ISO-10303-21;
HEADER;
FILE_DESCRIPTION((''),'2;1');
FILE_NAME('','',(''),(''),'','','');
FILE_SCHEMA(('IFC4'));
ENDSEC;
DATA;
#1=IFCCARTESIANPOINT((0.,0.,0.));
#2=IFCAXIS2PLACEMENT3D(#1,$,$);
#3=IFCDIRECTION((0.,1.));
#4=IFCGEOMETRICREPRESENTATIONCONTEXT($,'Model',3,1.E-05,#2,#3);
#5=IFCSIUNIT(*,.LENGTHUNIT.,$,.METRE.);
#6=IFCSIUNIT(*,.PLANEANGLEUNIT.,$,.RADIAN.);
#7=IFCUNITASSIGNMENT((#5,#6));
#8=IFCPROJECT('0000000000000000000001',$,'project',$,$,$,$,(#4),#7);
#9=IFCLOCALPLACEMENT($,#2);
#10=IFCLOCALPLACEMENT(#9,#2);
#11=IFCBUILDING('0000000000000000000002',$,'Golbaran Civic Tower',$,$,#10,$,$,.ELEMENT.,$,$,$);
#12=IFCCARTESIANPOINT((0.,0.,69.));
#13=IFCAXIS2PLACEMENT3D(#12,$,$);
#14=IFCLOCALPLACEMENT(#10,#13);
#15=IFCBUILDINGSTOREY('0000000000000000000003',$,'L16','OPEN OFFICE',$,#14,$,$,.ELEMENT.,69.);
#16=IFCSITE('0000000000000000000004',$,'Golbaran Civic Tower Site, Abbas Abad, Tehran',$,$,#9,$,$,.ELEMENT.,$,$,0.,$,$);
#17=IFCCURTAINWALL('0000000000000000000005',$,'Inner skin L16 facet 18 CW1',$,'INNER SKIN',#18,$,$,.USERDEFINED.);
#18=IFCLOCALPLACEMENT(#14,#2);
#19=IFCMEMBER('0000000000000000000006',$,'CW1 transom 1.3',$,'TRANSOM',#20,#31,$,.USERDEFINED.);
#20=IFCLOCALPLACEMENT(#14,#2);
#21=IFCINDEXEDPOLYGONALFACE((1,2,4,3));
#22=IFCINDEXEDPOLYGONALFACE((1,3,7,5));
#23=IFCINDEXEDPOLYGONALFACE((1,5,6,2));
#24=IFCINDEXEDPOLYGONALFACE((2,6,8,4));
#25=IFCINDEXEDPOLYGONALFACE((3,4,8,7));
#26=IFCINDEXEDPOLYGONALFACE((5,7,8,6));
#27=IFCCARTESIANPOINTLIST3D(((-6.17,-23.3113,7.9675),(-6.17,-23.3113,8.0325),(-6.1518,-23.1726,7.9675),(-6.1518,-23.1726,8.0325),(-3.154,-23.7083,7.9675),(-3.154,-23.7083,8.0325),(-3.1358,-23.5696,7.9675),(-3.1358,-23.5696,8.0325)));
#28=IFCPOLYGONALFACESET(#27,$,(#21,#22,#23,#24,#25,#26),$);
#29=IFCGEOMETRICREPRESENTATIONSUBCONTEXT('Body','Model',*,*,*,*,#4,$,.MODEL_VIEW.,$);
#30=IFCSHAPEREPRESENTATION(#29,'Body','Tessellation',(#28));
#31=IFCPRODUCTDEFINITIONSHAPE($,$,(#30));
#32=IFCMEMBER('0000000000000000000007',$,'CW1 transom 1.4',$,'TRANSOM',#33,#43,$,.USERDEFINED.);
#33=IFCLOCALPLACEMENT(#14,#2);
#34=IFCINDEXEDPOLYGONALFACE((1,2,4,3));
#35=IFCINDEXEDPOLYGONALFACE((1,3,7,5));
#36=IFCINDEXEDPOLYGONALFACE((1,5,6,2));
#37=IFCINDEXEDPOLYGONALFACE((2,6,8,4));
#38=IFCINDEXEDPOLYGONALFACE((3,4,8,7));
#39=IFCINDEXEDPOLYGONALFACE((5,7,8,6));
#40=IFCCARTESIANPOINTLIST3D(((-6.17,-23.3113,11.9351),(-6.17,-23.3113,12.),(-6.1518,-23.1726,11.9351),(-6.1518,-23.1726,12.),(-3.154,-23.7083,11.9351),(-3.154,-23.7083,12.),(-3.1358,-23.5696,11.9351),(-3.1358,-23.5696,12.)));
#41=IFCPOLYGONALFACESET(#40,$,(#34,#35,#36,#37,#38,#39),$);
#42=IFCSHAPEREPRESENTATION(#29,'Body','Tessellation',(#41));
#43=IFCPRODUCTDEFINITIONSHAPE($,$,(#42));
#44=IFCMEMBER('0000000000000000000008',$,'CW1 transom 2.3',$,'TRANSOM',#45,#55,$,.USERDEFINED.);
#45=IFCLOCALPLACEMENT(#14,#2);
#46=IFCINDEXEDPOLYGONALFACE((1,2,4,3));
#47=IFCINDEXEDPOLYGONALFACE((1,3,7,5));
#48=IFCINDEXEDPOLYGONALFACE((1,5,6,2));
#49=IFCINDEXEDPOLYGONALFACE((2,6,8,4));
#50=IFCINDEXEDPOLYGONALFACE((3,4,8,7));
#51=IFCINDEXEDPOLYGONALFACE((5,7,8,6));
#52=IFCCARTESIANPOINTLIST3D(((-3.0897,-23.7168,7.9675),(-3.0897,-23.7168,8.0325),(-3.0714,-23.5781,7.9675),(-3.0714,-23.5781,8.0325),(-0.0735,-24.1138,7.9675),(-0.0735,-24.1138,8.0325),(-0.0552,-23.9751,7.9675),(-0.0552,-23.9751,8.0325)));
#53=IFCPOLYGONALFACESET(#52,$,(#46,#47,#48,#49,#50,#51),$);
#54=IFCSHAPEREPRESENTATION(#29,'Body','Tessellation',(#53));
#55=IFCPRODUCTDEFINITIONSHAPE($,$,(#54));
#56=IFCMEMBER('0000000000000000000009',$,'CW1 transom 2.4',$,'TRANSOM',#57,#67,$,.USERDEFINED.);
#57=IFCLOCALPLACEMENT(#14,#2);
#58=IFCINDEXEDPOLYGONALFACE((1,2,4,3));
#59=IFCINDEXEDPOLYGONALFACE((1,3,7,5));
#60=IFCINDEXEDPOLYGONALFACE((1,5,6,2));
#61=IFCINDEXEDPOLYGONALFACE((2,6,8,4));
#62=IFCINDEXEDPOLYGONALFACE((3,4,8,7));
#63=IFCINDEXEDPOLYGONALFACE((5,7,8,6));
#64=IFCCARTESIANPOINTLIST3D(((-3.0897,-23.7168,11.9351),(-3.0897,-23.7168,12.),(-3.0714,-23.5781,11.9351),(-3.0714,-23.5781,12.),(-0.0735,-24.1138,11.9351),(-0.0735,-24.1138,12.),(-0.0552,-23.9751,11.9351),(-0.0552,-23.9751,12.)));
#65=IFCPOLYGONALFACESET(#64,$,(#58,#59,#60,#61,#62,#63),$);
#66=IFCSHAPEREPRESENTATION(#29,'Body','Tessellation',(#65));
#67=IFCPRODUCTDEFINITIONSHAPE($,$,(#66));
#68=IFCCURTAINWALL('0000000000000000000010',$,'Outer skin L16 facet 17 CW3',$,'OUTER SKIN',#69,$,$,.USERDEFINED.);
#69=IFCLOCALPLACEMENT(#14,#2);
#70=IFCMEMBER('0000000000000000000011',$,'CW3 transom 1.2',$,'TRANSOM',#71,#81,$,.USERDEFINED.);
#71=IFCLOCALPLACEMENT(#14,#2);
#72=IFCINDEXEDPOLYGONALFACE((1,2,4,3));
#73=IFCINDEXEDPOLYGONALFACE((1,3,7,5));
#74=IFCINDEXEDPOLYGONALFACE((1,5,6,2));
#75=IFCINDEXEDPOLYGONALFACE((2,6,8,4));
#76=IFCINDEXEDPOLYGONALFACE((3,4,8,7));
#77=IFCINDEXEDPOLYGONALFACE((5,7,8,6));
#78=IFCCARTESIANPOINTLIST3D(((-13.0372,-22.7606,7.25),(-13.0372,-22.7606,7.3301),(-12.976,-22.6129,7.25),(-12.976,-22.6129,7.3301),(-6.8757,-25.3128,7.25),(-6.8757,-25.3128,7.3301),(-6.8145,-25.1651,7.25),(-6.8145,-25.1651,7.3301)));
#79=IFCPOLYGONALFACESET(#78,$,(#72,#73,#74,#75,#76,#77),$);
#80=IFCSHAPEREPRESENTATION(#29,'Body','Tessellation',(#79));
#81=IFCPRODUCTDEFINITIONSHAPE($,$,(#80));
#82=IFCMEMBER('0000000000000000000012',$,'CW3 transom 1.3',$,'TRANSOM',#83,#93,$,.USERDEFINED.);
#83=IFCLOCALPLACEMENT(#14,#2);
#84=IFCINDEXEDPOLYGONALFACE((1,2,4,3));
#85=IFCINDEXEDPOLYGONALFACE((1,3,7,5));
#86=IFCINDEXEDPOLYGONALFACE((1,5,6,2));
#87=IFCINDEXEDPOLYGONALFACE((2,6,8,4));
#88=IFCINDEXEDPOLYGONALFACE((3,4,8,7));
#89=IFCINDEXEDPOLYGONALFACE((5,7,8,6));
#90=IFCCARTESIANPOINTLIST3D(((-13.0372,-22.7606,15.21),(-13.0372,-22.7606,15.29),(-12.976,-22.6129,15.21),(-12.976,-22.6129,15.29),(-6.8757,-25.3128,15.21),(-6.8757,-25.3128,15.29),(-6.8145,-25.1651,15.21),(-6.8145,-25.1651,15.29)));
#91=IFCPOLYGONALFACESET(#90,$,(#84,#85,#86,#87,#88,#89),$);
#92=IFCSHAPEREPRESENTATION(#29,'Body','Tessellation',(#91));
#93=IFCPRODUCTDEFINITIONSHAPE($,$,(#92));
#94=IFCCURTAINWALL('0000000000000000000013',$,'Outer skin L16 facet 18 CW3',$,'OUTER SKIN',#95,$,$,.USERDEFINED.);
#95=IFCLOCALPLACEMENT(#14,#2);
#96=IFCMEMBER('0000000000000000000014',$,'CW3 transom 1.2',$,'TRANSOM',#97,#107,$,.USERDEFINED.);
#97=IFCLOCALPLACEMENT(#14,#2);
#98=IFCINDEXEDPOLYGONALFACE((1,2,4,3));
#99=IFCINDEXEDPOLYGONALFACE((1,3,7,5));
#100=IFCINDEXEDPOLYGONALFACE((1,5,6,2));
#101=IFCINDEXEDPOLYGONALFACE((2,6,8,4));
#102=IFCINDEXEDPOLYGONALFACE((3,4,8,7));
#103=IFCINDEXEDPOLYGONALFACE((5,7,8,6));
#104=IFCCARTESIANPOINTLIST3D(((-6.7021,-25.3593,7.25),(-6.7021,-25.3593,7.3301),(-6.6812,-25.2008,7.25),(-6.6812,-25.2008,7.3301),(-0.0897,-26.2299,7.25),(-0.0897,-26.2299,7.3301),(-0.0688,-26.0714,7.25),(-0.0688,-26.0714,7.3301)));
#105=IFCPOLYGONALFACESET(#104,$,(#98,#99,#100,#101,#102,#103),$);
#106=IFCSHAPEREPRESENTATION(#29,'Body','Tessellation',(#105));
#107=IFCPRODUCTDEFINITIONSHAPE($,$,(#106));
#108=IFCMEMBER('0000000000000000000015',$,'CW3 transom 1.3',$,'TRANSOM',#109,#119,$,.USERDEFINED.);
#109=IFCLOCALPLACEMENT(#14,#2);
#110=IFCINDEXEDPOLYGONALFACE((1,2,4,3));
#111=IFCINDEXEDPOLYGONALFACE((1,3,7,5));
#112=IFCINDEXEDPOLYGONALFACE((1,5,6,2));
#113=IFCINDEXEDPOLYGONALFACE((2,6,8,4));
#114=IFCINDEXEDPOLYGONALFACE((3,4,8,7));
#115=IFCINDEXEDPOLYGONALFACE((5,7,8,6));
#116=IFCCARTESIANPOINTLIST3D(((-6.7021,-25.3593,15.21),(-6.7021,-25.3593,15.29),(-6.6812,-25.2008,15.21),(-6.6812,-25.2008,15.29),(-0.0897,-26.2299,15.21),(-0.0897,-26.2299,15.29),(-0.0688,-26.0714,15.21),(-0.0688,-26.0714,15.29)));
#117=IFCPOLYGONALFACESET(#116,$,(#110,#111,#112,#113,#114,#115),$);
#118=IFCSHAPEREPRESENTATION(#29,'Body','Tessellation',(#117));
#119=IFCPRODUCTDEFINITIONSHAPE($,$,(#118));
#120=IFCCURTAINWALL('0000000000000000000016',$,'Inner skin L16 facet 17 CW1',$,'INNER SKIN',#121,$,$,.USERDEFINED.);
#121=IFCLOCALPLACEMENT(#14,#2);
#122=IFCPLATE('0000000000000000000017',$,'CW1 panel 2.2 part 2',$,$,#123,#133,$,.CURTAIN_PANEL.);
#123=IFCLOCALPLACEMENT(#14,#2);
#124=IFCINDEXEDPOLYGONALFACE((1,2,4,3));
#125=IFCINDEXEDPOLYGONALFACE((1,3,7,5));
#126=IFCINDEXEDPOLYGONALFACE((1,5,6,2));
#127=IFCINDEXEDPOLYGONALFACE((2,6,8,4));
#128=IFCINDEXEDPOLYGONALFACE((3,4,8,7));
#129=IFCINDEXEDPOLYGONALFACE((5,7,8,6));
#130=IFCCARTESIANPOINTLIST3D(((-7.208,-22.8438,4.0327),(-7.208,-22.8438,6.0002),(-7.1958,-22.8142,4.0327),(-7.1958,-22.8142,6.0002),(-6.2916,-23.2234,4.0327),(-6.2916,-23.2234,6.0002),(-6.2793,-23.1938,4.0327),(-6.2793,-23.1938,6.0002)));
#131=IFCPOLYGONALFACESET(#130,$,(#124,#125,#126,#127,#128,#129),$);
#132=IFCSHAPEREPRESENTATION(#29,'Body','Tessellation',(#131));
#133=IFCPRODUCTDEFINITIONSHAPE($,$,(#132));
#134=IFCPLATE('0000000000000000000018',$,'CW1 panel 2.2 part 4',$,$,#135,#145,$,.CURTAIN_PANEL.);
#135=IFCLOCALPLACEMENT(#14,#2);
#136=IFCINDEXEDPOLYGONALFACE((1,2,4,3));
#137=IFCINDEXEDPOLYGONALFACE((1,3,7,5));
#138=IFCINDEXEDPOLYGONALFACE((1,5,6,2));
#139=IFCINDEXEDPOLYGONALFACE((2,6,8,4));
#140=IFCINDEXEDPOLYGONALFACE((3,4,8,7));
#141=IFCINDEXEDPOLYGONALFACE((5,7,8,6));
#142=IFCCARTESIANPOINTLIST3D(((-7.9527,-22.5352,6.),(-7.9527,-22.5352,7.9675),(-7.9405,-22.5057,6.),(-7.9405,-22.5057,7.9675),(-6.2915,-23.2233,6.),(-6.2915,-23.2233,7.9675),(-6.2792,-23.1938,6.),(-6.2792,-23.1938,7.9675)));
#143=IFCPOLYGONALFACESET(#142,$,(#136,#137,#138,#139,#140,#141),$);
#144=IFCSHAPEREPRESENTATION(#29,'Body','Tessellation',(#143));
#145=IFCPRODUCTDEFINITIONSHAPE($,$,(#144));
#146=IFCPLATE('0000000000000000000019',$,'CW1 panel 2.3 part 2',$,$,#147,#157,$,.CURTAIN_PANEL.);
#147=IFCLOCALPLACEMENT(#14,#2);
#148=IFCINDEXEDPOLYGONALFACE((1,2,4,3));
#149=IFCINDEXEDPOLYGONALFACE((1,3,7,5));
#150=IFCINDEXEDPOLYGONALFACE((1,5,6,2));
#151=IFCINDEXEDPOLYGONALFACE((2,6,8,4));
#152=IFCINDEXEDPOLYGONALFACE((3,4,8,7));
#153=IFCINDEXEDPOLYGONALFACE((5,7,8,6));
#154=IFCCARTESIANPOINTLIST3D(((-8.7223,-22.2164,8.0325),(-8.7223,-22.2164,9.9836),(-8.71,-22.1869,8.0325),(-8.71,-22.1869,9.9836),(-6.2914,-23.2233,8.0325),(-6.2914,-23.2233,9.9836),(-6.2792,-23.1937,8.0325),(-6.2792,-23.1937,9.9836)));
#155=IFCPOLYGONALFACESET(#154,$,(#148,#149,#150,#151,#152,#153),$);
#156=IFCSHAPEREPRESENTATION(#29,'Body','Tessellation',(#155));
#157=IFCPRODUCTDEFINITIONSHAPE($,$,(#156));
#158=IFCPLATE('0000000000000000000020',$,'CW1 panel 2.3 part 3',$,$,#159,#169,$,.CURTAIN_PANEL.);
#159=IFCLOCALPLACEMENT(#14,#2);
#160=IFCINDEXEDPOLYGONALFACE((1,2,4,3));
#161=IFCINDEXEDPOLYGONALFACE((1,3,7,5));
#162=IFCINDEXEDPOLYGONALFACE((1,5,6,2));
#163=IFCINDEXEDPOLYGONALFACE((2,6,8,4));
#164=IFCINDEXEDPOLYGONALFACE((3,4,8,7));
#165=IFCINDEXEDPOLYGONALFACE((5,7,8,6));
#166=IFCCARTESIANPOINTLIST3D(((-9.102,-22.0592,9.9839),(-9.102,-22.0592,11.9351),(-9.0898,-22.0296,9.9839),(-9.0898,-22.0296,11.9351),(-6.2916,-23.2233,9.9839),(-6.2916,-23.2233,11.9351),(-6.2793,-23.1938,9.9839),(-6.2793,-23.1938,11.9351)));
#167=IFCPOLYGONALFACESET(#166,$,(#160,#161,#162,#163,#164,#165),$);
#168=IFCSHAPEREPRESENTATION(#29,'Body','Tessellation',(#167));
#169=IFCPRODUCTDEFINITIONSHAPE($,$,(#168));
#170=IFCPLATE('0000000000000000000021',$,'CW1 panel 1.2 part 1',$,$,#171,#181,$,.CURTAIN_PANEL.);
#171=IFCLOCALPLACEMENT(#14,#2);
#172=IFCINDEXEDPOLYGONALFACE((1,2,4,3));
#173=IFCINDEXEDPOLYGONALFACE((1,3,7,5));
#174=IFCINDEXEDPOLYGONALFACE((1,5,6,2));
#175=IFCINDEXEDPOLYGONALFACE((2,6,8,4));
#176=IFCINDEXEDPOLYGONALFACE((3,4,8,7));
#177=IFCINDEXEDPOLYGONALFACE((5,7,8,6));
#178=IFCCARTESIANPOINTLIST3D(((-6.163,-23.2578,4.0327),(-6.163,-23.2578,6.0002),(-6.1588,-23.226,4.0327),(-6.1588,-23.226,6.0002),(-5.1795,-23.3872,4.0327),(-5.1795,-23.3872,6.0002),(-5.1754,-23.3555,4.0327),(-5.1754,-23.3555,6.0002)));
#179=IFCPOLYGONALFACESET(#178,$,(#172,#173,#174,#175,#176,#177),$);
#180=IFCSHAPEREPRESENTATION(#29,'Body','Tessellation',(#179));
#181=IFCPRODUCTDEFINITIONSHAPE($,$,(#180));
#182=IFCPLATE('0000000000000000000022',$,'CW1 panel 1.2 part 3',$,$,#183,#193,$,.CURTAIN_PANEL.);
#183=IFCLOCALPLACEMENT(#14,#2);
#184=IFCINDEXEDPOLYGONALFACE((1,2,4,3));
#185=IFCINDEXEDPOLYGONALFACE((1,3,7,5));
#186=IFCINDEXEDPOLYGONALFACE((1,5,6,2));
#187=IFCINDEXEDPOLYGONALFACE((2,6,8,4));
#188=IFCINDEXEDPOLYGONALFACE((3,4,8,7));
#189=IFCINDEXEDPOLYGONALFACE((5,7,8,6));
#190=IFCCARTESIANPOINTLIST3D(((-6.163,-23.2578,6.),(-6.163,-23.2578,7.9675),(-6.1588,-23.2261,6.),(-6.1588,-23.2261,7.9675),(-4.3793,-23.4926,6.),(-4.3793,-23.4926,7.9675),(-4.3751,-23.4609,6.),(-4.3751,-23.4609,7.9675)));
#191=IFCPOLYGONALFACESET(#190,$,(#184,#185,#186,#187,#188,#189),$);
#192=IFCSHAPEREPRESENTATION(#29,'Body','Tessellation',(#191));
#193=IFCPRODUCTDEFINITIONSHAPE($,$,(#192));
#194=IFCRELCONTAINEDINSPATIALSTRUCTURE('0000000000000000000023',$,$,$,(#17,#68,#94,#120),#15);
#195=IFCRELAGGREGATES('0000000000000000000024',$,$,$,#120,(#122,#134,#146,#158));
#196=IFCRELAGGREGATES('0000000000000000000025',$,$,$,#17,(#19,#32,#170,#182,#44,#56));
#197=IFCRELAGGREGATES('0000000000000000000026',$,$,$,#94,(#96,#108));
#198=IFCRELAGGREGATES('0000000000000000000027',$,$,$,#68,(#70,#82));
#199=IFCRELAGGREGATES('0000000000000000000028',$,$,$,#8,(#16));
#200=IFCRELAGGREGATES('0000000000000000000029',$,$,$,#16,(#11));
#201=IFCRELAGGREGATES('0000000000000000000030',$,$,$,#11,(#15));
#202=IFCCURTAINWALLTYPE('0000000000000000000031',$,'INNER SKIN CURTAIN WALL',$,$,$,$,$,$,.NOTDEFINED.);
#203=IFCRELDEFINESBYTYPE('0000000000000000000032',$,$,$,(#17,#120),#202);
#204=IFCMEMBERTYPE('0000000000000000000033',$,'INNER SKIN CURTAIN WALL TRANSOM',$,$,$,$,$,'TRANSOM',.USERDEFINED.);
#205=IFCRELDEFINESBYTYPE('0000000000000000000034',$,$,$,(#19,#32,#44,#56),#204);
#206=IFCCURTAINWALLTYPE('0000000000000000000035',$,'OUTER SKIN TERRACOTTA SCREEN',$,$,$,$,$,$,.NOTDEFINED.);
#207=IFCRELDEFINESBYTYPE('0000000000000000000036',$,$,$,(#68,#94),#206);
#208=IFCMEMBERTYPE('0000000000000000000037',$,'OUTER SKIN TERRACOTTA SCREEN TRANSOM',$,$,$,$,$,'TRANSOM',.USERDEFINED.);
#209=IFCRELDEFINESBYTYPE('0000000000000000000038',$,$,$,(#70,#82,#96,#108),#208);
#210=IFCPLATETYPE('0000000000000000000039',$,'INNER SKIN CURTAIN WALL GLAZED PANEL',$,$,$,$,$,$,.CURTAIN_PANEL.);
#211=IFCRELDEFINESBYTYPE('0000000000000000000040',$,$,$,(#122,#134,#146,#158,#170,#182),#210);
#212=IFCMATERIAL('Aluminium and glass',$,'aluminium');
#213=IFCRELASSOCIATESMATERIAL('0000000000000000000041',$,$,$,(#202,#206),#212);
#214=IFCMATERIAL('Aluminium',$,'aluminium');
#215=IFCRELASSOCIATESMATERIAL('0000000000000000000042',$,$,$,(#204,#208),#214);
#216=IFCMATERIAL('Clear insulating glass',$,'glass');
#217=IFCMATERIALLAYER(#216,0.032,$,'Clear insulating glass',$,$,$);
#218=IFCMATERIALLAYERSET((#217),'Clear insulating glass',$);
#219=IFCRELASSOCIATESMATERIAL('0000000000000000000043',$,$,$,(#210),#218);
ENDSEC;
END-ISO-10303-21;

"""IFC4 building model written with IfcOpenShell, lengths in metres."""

from ifc_helpers import new_model, si_unit, direction, frame, origin, origin_2d, place, context, subcontext, project, spatial, rectangle, extrude, material, layer, layer_set, material_profile, profile_set, type_object, element, aggregate, save


model = new_model("IFC4")

# Units and contexts
model_context = context("Model", 3, precision=1e-05, world=origin(), true_north=direction((0.0, 1.0)))
body_context = subcontext(model_context, "Body", "Model", "MODEL_VIEW")
ifc_project = project(units=[si_unit("LENGTHUNIT", "METRE"), si_unit("PLANEANGLEUNIT", "RADIAN")], contexts=[model_context])

# Site, building, storey
site_placement = place(None, origin())
site = spatial("IfcSite", under=ifc_project, at=site_placement, Name="Golbaran Civic Tower Site, Abbas Abad, Tehran", CompositionType="ELEMENT", RefElevation=0.0)
building_placement = place(site_placement, origin())
building = spatial("IfcBuilding", under=site, at=building_placement, Name="Golbaran Civic Tower", CompositionType="ELEMENT")
storey_placement = place(building_placement, frame((0.0, 0.0, 69.0)))
storey = spatial("IfcBuildingStorey", under=building, at=storey_placement, Name="L16", Description="OPEN OFFICE", CompositionType="ELEMENT", Elevation=69.0)

# Curtain walls, members
ifc_material_1 = material(Name="Aluminium and glass", Category="aluminium")
curtain_wall_type_1 = type_object("IfcCurtainWallType", Name="INNER SKIN CURTAIN WALL", PredefinedType="NOTDEFINED", material=ifc_material_1)
curtain_wall_1_placement = place(storey_placement, origin())
curtain_wall_1 = element("IfcCurtainWall", 1, at=curtain_wall_1_placement, inside=storey, type_object=curtain_wall_type_1, Name="Inner skin L16 facet 18 CW1", ObjectType="INNER SKIN", PredefinedType="USERDEFINED")
ifc_material_2 = material(Name="Aluminium", Category="aluminium")
ifc_material_profile_1 = material_profile(ifc_material_2, rectangle(XDim=0.1399, YDim=0.0649, at=origin_2d()), Name="INNER SKIN CURTAIN WALL TRANSOM")
ifc_profile_set_1 = profile_set([ifc_material_profile_1], Name="Aluminium")
member_type_1 = type_object("IfcMemberType", Name="INNER SKIN CURTAIN WALL TRANSOM", ElementType="TRANSOM", PredefinedType="USERDEFINED", material=ifc_profile_set_1)
member_1_placement = place(storey_placement, frame((-6.1609, -23.2419, 8.0), z_axis=(0.991448, -0.130502, 0.0), x_axis=(0.130502, 0.991448, 0.0)))
member_1 = element("IfcMember", 2, at=member_1_placement, type_object=member_type_1, Name="CW1 transom 1.3", ObjectType="TRANSOM", PredefinedType="USERDEFINED", context=body_context, shape_type="SweptSolid", body=[
    extrude(rectangle(XDim=0.1399, YDim=0.0649, at=origin_2d()), origin(), (0.0, 0.0, 1.0), 3.042),
])
member_2_placement = place(storey_placement, frame((-6.1609, -23.2419, 11.9675), z_axis=(0.991448, -0.130502, 0.0), x_axis=(0.130502, 0.991448, 0.0)))
member_2 = element("IfcMember", 3, at=member_2_placement, type_object=member_type_1, Name="CW1 transom 1.4", ObjectType="TRANSOM", PredefinedType="USERDEFINED", context=body_context, shape_type="SweptSolid", body=[
    extrude(rectangle(XDim=0.1399, YDim=0.0649, at=origin_2d()), origin(), (0.0, 0.0, 1.0), 3.042),
])
member_3_placement = place(storey_placement, frame((-3.0806, -23.6475, 8.0), z_axis=(0.991449, -0.130492, 0.0), x_axis=(0.130492, 0.991449, 0.0)))
member_3 = element("IfcMember", 4, at=member_3_placement, type_object=member_type_1, Name="CW1 transom 2.3", ObjectType="TRANSOM", PredefinedType="USERDEFINED", context=body_context, shape_type="SweptSolid", body=[
    extrude(rectangle(XDim=0.1399, YDim=0.0649, at=origin_2d()), origin(), (0.0, 0.0, 1.0), 3.0422),
])
member_4_placement = place(storey_placement, frame((-3.0806, -23.6475, 11.9675), z_axis=(0.991449, -0.130492, 0.0), x_axis=(0.130492, 0.991449, 0.0)))
member_4 = element("IfcMember", 5, at=member_4_placement, type_object=member_type_1, Name="CW1 transom 2.4", ObjectType="TRANSOM", PredefinedType="USERDEFINED", context=body_context, shape_type="SweptSolid", body=[
    extrude(rectangle(XDim=0.1399, YDim=0.0649, at=origin_2d()), origin(), (0.0, 0.0, 1.0), 3.0422),
])
curtain_wall_type_2 = type_object("IfcCurtainWallType", Name="OUTER SKIN TERRACOTTA SCREEN", PredefinedType="NOTDEFINED", material=ifc_material_1)
curtain_wall_2_placement = place(storey_placement, origin())
curtain_wall_2 = element("IfcCurtainWall", 6, at=curtain_wall_2_placement, inside=storey, type_object=curtain_wall_type_2, Name="Outer skin L16 facet 17 CW3", ObjectType="OUTER SKIN", PredefinedType="USERDEFINED")
ifc_material_profile_2 = material_profile(ifc_material_2, rectangle(XDim=0.1599, YDim=0.0801, at=origin_2d()), Name="OUTER SKIN TERRACOTTA SCREEN TRANSOM")
ifc_profile_set_2 = profile_set([ifc_material_profile_2], Name="Aluminium")
member_type_2 = type_object("IfcMemberType", Name="OUTER SKIN TERRACOTTA SCREEN TRANSOM", ElementType="TRANSOM", PredefinedType="USERDEFINED", material=ifc_profile_set_2)
member_5_placement = place(storey_placement, frame((-13.0066, -22.6868, 7.29), z_axis=(0.923879, -0.382686, 0.0), x_axis=(0.382686, 0.923879, 0.0)))
member_5 = element("IfcMember", 7, at=member_5_placement, type_object=member_type_2, Name="CW3 transom 1.2", ObjectType="TRANSOM", PredefinedType="USERDEFINED", context=body_context, shape_type="SweptSolid", body=[
    extrude(rectangle(XDim=0.1599, YDim=0.0801, at=origin_2d()), origin(), (0.0, 0.0, 1.0), 6.6692),
])
member_6_placement = place(storey_placement, frame((-13.0066, -22.6868, 15.25), z_axis=(0.923879, -0.382686, 0.0), x_axis=(0.382686, 0.923879, 0.0)))
member_6 = element("IfcMember", 8, at=member_6_placement, type_object=member_type_2, Name="CW3 transom 1.3", ObjectType="TRANSOM", PredefinedType="USERDEFINED", context=body_context, shape_type="SweptSolid", body=[
    extrude(rectangle(XDim=0.1599, YDim=0.0801, at=origin_2d()), origin(), (0.0, 0.0, 1.0), 6.6692),
])
curtain_wall_3_placement = place(storey_placement, origin())
curtain_wall_3 = element("IfcCurtainWall", 9, at=curtain_wall_3_placement, inside=storey, type_object=curtain_wall_type_2, Name="Outer skin L16 facet 18 CW3", ObjectType="OUTER SKIN", PredefinedType="USERDEFINED")
member_7_placement = place(storey_placement, frame((-6.6917, -25.28, 7.29), z_axis=(0.991443, -0.130538, 0.0), x_axis=(0.130538, 0.991443, 0.0)))
member_7 = element("IfcMember", 10, at=member_7_placement, type_object=member_type_2, Name="CW3 transom 1.2", ObjectType="TRANSOM", PredefinedType="USERDEFINED", context=body_context, shape_type="SweptSolid", body=[
    extrude(rectangle(XDim=0.1599, YDim=0.0801, at=origin_2d()), origin(), (0.0, 0.0, 1.0), 6.6694),
])
member_8_placement = place(storey_placement, frame((-6.6917, -25.28, 15.25), z_axis=(0.991443, -0.130538, 0.0), x_axis=(0.130538, 0.991443, 0.0)))
member_8 = element("IfcMember", 11, at=member_8_placement, type_object=member_type_2, Name="CW3 transom 1.3", ObjectType="TRANSOM", PredefinedType="USERDEFINED", context=body_context, shape_type="SweptSolid", body=[
    extrude(rectangle(XDim=0.1599, YDim=0.0801, at=origin_2d()), origin(), (0.0, 0.0, 1.0), 6.6694),
])

# Curtain wall, plates
curtain_wall_4_placement = place(storey_placement, origin())
curtain_wall_4 = element("IfcCurtainWall", 12, at=curtain_wall_4_placement, inside=storey, type_object=curtain_wall_type_1, Name="Inner skin L16 facet 17 CW1", ObjectType="INNER SKIN", PredefinedType="USERDEFINED")
ifc_material_3 = material(Name="Clear insulating glass", Category="glass")
ifc_layer_1 = layer(ifc_material_3, 0.032, Name="Clear insulating glass")
ifc_layer_set_1 = layer_set([ifc_layer_1], Name="Clear insulating glass")
plate_type_1 = type_object("IfcPlateType", Name="INNER SKIN CURTAIN WALL GLAZED PANEL", PredefinedType="CURTAIN_PANEL", material=ifc_layer_set_1)
plate_1_placement = place(storey_placement, frame((-6.7437, -23.0188, 4.0327), z_axis=(0.0, 0.0, 1.0), x_axis=(0.92388, -0.382683, 0.0)))
plate_1 = element("IfcPlate", 13, at=plate_1_placement, type_object=plate_type_1, Name="CW1 panel 2.2 part 2", PredefinedType="CURTAIN_PANEL", context=body_context, shape_type="SweptSolid", body=[
    extrude(rectangle(XDim=0.9919, YDim=0.032, at=origin_2d()), origin(), (0.0, 0.0, 1.0), 1.9675),
])
plate_2_placement = place(storey_placement, frame((-7.116, -22.8645, 6.0), z_axis=(0.0, 0.0, 1.0), x_axis=(0.92388, -0.382683, 0.0)))
plate_2 = element("IfcPlate", 14, at=plate_2_placement, type_object=plate_type_1, Name="CW1 panel 2.2 part 4", PredefinedType="CURTAIN_PANEL", context=body_context, shape_type="SweptSolid", body=[
    extrude(rectangle(XDim=1.7981, YDim=0.032, at=origin_2d()), origin(), (0.0, 0.0, 1.0), 1.9675),
])
plate_3_placement = place(storey_placement, frame((-7.5007, -22.7051, 8.0325), z_axis=(0.0, 0.0, 1.0), x_axis=(0.92388, -0.382683, 0.0)))
plate_3 = element("IfcPlate", 15, at=plate_3_placement, type_object=plate_type_1, Name="CW1 panel 2.3 part 2", PredefinedType="CURTAIN_PANEL", context=body_context, shape_type="SweptSolid", body=[
    extrude(rectangle(XDim=2.6311, YDim=0.032, at=origin_2d()), origin(), (0.0, 0.0, 1.0), 1.9512),
])
plate_4_placement = place(storey_placement, frame((-7.6907, -22.6265, 9.9839), z_axis=(0.0, 0.0, 1.0), x_axis=(0.92388, -0.382683, 0.0)))
plate_4 = element("IfcPlate", 16, at=plate_4_placement, type_object=plate_type_1, Name="CW1 panel 2.3 part 3", PredefinedType="CURTAIN_PANEL", context=body_context, shape_type="SweptSolid", body=[
    extrude(rectangle(XDim=3.042, YDim=0.032, at=origin_2d()), origin(), (0.0, 0.0, 1.0), 1.9512),
])

# Plates
plate_5_placement = place(storey_placement, frame((-5.6692, -23.3066, 4.0327), z_axis=(0.0, 0.0, 1.0), x_axis=(0.991445, -0.130526, 0.0)))
plate_5 = element("IfcPlate", 17, at=plate_5_placement, type_object=plate_type_1, Name="CW1 panel 1.2 part 1", PredefinedType="CURTAIN_PANEL", context=body_context, shape_type="SweptSolid", body=[
    extrude(rectangle(XDim=0.9919, YDim=0.032, at=origin_2d()), origin(), (0.0, 0.0, 1.0), 1.9675),
])
plate_6_placement = place(storey_placement, frame((-5.269, -23.3594, 6.0), z_axis=(0.0, 0.0, 1.0), x_axis=(0.991445, -0.130526, 0.0)))
plate_6 = element("IfcPlate", 18, at=plate_6_placement, type_object=plate_type_1, Name="CW1 panel 1.2 part 3", PredefinedType="CURTAIN_PANEL", context=body_context, shape_type="SweptSolid", body=[
    extrude(rectangle(XDim=1.7991, YDim=0.032, at=origin_2d()), origin(), (0.0, 0.0, 1.0), 1.9675),
])
aggregate(curtain_wall_4, [plate_1, plate_2, plate_3, plate_4])
aggregate(curtain_wall_1, [member_1, member_2, plate_5, plate_6, member_3, member_4])

aggregate(curtain_wall_3, [member_7, member_8])
aggregate(curtain_wall_2, [member_5, member_6])

save(model, "model.ifc")
